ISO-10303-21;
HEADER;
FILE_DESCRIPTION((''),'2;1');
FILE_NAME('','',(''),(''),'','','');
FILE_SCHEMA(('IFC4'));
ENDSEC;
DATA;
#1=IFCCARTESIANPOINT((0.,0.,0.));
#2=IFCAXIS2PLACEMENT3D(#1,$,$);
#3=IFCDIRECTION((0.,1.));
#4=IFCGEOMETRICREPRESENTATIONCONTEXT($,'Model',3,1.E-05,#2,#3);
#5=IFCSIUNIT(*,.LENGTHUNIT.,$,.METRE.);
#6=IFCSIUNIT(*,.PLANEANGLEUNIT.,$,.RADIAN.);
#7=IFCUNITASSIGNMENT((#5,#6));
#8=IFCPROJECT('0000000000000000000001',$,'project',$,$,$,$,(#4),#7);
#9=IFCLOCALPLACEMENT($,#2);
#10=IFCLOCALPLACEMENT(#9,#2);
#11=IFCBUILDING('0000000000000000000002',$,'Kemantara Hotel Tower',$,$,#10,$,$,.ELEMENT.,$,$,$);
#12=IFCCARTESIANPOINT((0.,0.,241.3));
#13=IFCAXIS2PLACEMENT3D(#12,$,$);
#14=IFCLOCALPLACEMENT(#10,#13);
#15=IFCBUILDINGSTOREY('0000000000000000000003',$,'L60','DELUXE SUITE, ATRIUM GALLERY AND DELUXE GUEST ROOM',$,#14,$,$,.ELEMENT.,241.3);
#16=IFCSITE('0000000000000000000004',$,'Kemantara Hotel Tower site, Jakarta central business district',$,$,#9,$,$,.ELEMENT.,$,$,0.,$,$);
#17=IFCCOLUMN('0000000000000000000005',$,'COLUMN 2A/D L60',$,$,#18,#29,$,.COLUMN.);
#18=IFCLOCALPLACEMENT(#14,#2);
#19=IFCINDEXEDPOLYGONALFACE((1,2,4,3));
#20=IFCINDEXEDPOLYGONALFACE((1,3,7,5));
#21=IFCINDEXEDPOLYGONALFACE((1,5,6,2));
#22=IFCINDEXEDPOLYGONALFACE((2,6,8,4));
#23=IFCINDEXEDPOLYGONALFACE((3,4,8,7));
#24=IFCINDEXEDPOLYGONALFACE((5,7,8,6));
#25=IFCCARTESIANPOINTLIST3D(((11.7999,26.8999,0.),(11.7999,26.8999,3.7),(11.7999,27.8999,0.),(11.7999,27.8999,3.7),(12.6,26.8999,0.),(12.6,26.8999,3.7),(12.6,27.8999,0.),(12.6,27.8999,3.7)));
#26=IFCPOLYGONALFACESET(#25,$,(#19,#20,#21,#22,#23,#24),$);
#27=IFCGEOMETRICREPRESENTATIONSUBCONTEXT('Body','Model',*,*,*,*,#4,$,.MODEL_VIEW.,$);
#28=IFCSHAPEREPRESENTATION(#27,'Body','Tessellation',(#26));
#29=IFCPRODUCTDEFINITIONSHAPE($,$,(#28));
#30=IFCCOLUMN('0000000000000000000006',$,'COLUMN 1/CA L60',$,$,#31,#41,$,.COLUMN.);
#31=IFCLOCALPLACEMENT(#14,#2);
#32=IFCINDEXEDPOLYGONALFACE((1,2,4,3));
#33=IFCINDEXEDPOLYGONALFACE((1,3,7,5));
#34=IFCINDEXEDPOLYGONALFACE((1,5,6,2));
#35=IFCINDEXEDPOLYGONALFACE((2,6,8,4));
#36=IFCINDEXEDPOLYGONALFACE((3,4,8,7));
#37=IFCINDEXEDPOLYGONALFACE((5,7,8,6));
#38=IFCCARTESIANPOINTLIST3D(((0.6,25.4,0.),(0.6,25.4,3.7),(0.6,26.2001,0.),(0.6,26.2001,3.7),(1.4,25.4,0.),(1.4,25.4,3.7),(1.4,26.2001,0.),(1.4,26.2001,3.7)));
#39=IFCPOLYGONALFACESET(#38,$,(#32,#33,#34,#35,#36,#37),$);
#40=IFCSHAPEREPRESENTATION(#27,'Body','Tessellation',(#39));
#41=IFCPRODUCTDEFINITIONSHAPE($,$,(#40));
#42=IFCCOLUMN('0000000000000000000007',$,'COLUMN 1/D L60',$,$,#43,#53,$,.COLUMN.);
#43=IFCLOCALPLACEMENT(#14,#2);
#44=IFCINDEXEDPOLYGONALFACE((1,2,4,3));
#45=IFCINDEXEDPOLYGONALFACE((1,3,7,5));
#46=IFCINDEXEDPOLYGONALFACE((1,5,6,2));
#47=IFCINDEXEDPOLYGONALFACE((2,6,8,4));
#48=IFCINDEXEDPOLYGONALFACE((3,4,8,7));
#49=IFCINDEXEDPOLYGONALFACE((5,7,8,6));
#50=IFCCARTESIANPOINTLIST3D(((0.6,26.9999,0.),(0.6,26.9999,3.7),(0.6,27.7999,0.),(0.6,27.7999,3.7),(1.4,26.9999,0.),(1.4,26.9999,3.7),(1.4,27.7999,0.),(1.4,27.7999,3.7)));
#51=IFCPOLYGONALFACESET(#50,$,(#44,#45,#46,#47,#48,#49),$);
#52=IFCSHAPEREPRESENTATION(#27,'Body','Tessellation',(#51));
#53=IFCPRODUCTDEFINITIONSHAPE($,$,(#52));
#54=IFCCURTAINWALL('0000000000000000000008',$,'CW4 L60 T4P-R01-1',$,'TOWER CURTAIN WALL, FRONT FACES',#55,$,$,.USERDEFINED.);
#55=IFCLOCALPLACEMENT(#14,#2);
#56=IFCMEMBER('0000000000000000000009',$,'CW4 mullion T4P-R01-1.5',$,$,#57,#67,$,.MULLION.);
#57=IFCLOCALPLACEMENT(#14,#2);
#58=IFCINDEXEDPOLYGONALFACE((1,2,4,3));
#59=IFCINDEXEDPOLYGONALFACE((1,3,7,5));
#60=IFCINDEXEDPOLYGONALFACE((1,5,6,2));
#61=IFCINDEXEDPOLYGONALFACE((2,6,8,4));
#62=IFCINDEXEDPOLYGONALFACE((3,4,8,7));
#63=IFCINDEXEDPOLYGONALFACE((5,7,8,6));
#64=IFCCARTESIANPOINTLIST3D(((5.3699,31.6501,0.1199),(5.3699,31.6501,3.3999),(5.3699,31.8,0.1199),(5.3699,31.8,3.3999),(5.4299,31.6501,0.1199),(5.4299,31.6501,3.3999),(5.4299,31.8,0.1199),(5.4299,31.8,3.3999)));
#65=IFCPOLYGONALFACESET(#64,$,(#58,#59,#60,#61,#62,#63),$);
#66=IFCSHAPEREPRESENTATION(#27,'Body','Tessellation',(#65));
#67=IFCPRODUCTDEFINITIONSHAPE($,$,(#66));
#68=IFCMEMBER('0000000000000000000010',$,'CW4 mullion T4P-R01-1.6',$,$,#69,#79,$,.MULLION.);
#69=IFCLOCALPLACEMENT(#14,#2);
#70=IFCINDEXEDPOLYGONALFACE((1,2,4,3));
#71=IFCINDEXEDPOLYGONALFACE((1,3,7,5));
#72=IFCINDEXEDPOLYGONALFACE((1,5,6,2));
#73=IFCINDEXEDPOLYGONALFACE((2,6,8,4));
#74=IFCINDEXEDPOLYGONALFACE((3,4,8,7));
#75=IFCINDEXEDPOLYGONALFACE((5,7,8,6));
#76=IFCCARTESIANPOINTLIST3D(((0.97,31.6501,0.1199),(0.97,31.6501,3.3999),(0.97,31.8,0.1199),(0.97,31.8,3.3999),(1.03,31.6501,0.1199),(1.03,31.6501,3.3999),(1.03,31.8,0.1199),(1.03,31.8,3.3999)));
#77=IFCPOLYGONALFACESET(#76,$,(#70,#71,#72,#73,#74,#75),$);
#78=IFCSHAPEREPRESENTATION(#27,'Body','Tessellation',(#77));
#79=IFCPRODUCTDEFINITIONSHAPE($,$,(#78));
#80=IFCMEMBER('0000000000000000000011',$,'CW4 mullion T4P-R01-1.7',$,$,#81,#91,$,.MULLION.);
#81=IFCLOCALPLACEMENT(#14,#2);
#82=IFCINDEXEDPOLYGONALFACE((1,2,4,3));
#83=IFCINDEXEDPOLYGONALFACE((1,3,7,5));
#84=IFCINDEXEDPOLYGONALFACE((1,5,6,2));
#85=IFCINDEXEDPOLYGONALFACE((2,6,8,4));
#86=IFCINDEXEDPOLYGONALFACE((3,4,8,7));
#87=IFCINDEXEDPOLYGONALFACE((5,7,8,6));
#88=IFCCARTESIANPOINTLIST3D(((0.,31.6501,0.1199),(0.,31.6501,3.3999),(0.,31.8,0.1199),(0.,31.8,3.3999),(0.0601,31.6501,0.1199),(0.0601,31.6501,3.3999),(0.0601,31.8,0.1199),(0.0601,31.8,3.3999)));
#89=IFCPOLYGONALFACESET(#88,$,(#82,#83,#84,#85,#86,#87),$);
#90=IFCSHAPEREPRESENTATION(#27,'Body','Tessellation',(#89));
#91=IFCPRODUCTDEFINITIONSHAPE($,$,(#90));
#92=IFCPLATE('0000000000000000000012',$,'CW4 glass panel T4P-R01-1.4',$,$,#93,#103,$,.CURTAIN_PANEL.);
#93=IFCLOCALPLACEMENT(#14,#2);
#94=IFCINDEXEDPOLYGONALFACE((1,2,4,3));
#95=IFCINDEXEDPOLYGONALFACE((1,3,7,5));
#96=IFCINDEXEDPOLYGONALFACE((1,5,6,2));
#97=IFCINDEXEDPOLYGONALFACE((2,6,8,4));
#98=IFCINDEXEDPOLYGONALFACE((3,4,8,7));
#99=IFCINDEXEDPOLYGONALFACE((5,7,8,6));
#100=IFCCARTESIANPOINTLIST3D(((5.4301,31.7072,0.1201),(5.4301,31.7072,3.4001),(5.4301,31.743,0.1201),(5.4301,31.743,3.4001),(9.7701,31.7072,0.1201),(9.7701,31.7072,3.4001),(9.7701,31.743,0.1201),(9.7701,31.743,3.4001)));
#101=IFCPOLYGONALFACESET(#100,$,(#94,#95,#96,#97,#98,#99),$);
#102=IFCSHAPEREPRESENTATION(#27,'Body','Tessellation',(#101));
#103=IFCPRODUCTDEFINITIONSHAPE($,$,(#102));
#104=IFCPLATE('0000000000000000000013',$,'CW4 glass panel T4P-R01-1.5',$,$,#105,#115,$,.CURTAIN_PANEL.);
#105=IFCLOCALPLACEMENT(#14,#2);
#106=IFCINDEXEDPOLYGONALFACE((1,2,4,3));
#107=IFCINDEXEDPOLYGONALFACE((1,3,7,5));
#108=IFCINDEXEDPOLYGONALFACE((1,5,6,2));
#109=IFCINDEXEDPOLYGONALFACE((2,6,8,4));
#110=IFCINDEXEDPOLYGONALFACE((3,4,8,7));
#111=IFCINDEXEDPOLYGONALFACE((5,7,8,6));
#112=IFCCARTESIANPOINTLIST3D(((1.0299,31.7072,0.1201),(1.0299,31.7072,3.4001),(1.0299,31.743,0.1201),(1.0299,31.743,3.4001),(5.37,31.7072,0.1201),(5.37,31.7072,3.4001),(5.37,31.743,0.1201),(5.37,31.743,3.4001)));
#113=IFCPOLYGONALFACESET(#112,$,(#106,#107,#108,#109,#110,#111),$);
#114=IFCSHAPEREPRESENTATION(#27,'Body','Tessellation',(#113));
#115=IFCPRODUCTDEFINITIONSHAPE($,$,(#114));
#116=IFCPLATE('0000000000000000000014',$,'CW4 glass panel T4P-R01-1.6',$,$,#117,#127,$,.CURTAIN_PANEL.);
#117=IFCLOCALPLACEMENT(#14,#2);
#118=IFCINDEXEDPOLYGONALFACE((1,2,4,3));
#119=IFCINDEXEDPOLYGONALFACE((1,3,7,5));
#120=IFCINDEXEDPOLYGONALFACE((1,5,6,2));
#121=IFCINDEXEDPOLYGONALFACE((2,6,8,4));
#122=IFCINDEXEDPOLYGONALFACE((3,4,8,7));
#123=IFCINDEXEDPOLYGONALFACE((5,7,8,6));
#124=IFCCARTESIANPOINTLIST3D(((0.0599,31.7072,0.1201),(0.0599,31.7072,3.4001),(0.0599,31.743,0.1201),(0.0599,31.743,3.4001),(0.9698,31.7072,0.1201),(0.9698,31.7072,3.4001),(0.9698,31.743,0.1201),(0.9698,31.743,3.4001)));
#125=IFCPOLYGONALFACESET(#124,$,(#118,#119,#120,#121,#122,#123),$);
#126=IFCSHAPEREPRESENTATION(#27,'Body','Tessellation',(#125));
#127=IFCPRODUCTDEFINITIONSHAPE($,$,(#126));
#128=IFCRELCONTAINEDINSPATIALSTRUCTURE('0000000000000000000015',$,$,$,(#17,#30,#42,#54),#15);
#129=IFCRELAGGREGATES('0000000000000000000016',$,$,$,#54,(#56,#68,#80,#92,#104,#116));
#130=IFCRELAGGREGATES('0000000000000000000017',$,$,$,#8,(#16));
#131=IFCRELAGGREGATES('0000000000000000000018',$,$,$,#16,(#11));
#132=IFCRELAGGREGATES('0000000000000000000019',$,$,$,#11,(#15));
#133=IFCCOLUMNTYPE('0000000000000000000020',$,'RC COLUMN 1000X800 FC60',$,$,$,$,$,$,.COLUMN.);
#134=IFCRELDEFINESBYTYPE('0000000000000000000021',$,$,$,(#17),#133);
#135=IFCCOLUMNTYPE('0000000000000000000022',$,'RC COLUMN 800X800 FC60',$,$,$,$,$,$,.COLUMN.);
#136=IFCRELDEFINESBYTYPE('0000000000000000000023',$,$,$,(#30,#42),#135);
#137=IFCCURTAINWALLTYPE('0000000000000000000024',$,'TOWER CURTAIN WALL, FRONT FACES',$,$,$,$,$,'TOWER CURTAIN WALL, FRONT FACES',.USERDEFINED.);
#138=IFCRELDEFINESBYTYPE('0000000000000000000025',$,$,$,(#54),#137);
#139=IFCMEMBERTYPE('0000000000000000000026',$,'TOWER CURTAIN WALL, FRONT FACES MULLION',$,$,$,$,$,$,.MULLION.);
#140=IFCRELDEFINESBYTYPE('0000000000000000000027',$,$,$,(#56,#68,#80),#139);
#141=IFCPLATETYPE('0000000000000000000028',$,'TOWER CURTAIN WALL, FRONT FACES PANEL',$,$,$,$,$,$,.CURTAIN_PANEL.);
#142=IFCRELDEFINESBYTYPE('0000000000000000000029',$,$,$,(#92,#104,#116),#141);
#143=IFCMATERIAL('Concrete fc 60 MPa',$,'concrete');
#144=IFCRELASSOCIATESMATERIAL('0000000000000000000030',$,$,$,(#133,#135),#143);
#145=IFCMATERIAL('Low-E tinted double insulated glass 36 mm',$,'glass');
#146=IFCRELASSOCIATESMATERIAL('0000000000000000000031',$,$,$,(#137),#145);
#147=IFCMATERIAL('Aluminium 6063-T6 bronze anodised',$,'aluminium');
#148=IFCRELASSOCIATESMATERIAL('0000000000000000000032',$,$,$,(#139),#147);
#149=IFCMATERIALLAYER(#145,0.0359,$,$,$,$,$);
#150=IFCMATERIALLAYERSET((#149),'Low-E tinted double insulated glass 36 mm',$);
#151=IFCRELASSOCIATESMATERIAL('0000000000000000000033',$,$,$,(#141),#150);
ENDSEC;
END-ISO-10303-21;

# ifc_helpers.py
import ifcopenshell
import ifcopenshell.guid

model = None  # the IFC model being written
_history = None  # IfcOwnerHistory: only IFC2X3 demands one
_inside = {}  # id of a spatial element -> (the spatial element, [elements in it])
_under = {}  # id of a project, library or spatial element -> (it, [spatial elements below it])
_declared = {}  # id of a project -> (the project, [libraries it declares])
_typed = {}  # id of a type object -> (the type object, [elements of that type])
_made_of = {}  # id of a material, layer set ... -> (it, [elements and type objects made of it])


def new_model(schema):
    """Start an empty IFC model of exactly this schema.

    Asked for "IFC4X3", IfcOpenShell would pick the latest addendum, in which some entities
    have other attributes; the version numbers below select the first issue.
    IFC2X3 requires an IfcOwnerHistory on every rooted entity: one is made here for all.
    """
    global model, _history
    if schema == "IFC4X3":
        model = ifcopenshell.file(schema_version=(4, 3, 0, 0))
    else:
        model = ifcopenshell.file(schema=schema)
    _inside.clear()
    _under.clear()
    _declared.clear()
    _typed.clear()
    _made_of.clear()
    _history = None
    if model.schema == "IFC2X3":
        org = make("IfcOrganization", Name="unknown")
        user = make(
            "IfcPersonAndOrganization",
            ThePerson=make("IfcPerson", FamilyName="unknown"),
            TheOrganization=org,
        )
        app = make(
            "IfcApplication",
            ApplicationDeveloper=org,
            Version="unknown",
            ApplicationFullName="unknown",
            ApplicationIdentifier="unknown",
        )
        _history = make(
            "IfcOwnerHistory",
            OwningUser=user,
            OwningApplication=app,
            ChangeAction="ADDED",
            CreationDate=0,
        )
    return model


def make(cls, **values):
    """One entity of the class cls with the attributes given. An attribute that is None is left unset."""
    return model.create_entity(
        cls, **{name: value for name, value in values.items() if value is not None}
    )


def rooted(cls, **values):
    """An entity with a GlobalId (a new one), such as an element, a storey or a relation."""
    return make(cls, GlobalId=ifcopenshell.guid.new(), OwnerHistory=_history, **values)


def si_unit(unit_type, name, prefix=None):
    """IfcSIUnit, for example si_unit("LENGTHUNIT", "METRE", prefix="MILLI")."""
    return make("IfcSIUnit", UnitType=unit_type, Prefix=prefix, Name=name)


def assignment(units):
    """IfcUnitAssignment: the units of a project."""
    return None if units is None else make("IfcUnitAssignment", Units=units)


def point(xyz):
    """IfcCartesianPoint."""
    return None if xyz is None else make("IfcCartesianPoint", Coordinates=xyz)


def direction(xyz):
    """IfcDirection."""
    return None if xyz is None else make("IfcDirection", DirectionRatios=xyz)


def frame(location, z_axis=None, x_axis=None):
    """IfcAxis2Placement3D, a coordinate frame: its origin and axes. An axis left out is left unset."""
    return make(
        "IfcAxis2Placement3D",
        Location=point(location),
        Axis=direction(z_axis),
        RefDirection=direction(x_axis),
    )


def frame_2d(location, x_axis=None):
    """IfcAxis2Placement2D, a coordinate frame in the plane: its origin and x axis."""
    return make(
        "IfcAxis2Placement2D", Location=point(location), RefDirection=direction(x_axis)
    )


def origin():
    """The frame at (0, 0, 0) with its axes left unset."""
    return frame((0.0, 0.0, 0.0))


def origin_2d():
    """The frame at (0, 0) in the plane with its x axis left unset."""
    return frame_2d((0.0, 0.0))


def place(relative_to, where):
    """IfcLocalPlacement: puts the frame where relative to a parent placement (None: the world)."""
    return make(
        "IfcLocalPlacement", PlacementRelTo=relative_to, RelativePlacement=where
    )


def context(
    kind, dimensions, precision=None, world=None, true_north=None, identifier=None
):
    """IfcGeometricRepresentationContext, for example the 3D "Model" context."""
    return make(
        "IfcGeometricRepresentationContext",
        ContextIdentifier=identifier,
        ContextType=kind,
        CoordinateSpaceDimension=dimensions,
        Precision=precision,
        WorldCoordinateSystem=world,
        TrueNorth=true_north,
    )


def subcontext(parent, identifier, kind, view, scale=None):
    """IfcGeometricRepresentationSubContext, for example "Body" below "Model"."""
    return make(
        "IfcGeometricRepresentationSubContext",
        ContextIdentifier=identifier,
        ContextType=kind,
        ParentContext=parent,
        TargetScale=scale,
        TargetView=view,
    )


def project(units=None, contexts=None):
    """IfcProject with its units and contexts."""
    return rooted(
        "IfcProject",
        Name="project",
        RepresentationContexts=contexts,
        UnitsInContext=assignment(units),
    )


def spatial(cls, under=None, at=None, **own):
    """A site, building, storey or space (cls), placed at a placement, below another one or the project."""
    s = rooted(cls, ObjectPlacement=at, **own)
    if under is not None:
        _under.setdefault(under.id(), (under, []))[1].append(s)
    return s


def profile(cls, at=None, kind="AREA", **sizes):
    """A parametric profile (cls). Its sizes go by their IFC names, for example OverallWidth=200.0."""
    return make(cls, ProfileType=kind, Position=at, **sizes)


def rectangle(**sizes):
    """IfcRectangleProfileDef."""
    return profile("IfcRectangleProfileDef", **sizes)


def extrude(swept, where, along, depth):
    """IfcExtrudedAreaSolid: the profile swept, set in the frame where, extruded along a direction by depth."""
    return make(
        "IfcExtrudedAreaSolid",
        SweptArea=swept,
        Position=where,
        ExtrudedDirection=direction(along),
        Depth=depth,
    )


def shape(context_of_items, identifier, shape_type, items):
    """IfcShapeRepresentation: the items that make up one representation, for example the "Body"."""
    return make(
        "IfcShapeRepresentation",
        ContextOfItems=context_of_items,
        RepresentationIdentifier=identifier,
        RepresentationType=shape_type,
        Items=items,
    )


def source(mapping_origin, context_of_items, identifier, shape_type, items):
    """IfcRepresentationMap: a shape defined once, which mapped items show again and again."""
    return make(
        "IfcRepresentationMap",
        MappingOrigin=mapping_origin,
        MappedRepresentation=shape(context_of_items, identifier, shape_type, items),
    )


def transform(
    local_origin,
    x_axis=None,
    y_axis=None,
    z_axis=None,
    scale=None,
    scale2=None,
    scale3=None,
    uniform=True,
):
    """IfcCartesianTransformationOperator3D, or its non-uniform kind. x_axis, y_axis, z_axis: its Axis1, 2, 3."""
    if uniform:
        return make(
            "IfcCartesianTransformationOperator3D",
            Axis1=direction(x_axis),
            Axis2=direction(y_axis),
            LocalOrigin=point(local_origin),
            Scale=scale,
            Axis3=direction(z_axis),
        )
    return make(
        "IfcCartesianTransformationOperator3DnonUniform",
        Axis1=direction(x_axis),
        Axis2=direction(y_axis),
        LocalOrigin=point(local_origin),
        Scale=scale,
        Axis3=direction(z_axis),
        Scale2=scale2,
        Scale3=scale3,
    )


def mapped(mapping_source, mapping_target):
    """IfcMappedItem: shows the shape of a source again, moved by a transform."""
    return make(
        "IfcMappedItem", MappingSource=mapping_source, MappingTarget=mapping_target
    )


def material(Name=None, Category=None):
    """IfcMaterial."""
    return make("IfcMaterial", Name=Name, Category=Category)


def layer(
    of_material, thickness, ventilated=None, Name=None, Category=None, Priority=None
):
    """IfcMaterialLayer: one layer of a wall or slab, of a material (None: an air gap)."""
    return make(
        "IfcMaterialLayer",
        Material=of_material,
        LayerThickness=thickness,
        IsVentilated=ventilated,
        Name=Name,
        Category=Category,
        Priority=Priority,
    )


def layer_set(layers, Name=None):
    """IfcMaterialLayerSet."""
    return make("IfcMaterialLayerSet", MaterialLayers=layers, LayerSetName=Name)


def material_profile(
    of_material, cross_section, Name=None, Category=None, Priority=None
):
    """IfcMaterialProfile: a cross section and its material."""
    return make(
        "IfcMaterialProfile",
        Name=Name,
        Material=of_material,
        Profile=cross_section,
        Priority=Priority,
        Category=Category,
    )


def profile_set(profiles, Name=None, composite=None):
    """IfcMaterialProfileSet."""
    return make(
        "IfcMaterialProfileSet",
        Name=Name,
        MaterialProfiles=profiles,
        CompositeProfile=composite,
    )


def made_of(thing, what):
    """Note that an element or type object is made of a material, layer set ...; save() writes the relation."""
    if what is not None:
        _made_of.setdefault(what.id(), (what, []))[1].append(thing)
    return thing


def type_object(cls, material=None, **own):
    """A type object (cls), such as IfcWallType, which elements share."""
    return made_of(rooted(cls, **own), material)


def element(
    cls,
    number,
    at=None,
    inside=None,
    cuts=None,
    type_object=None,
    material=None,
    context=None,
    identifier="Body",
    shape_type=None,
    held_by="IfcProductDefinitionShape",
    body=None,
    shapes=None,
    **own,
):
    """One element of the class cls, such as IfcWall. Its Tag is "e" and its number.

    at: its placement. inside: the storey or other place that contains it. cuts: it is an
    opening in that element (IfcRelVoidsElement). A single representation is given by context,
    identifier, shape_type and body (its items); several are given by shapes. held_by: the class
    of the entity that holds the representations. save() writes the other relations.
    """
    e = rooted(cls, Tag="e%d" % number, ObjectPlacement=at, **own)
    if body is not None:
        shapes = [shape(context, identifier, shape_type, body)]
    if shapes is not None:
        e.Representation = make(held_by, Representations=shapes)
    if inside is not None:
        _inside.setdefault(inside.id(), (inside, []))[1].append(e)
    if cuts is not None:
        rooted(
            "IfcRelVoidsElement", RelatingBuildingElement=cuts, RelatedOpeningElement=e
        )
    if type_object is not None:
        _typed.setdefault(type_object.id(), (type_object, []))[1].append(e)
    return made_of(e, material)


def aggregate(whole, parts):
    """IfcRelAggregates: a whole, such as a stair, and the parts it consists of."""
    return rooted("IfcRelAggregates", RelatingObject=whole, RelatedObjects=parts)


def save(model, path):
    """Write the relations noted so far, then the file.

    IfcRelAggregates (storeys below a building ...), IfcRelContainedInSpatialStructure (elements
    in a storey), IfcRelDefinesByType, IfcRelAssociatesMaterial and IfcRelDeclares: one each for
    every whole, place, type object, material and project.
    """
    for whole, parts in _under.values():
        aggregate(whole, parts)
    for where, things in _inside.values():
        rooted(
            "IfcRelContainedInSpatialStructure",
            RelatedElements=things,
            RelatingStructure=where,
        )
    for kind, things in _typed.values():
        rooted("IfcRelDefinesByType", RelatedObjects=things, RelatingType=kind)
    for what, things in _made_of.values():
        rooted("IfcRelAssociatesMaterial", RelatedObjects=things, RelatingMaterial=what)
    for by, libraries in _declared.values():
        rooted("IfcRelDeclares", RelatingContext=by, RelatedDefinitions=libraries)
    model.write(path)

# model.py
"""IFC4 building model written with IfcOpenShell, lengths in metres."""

from ifc_helpers import new_model, si_unit, direction, frame, origin, origin_2d, place, context, subcontext, project, spatial, rectangle, extrude, source, transform, mapped, material, layer, layer_set, material_profile, profile_set, type_object, element, aggregate, save


model = new_model("IFC4")

# Units and contexts
model_context = context("Model", 3, precision=1e-05, world=origin(), true_north=direction((0.0, 1.0)))
body_context = subcontext(model_context, "Body", "Model", "MODEL_VIEW")
ifc_project = project(units=[si_unit("LENGTHUNIT", "METRE"), si_unit("PLANEANGLEUNIT", "RADIAN")], contexts=[model_context])

# Site, building, storey
site_placement = place(None, origin())
site = spatial("IfcSite", under=ifc_project, at=site_placement, Name="Kemantara Hotel Tower site, Jakarta central business district", CompositionType="ELEMENT", RefElevation=0.0)
building_placement = place(site_placement, origin())
building = spatial("IfcBuilding", under=site, at=building_placement, Name="Kemantara Hotel Tower", CompositionType="ELEMENT")
storey_placement = place(building_placement, frame((0.0, 0.0, 241.3)))
storey = spatial("IfcBuildingStorey", under=building, at=storey_placement, Name="L60", Description="DELUXE SUITE, ATRIUM GALLERY AND DELUXE GUEST ROOM", CompositionType="ELEMENT", Elevation=241.3)

# Columns
ifc_material_1 = material(Name="Concrete fc 60 MPa", Category="concrete")
ifc_material_profile_1 = material_profile(ifc_material_1, rectangle(XDim=1.0, YDim=0.8, at=origin_2d()), Name="RC 1000X800")
ifc_profile_set_1 = profile_set([ifc_material_profile_1], Name="Concrete fc 60 MPa")
column_type_1 = type_object("IfcColumnType", Name="RC COLUMN 1000X800 FC60", PredefinedType="COLUMN", material=ifc_profile_set_1)
column_placement = place(storey_placement, frame((12.2, 27.3999, 0.0), z_axis=(0.0, 0.0, 1.0), x_axis=(0.0, 1.0, 0.0)))
element("IfcColumn", 1, at=column_placement, inside=storey, type_object=column_type_1, Name="COLUMN 2A/D L60", PredefinedType="COLUMN", context=body_context, shape_type="SweptSolid", body=[
    extrude(rectangle(XDim=1.0, YDim=0.8, at=origin_2d()), origin(), (0.0, 0.0, 1.0), 3.7),
])
ifc_material_profile_2 = material_profile(ifc_material_1, rectangle(XDim=0.8, YDim=0.8, at=origin_2d()), Name="RC 800X800")
ifc_profile_set_2 = profile_set([ifc_material_profile_2], Name="Concrete fc 60 MPa")
column_type_2 = type_object("IfcColumnType", Name="RC COLUMN 800X800 FC60", PredefinedType="COLUMN", material=ifc_profile_set_2)
for number, where, z_axis, x_axis, name in (
    (2, (1.0, 25.8, 0.0), (0.0, 0.0, 1.0), (1.0, 0.0, 0.0), "COLUMN 1/CA L60"),
    (3, (1.0, 27.3999, 0.0), (0.0, 0.0, 1.0), (1.0, 0.0, 0.0), "COLUMN 1/D L60"),
):
    element("IfcColumn", number, at=place(storey_placement, frame(where, z_axis=z_axis, x_axis=x_axis)), inside=storey, type_object=column_type_2, Name=name, PredefinedType="COLUMN", context=body_context, shape_type="SweptSolid", body=[
        extrude(rectangle(XDim=0.8, YDim=0.8, at=origin_2d()), origin(), (0.0, 0.0, 1.0), 3.7),
    ])

# Curtain wall, members, plates
ifc_material_2 = material(Name="Low-E tinted double insulated glass 36 mm", Category="glass")
curtain_wall_type = type_object("IfcCurtainWallType", Name="TOWER CURTAIN WALL, FRONT FACES", ElementType="TOWER CURTAIN WALL, FRONT FACES", PredefinedType="USERDEFINED", material=ifc_material_2)
curtain_wall_placement = place(storey_placement, origin())
curtain_wall = element("IfcCurtainWall", 4, at=curtain_wall_placement, inside=storey, type_object=curtain_wall_type, Name="CW4 L60 T4P-R01-1", ObjectType="TOWER CURTAIN WALL, FRONT FACES", PredefinedType="USERDEFINED")
ifc_material_3 = material(Name="Aluminium 6063-T6 bronze anodised", Category="aluminium")
ifc_material_profile_3 = material_profile(ifc_material_3, rectangle(XDim=0.1499, YDim=0.0601, at=origin_2d()), Name="TOWER CURTAIN WALL, FRONT FACES MULLION")
ifc_profile_set_3 = profile_set([ifc_material_profile_3], Name="Aluminium 6063-T6 bronze anodised")
member_type = type_object("IfcMemberType", Name="TOWER CURTAIN WALL, FRONT FACES MULLION", PredefinedType="MULLION", material=ifc_profile_set_3)
shared_shape_1 = source(origin(), body_context, "Body", "SweptSolid", [
    extrude(rectangle(XDim=0.1499, YDim=0.0601, at=origin_2d()), origin(), (0.0, 0.0, 1.0), 3.28),
])
member_1_placement = place(storey_placement, frame((5.3999, 31.7251, 0.1199), z_axis=(0.0, 0.0, 1.0), x_axis=(0.0, -1.0, 0.0)))
member_1 = element("IfcMember", 5, at=member_1_placement, type_object=member_type, Name="CW4 mullion T4P-R01-1.5", PredefinedType="MULLION", context=body_context, shape_type="MappedRepresentation", body=[
    mapped(shared_shape_1, transform((0.0, 0.0, 0.0))),
])
member_2_placement = place(storey_placement, frame((1.0, 31.7251, 0.1199), z_axis=(0.0, 0.0, 1.0), x_axis=(0.0, -1.0, 0.0)))
member_2 = element("IfcMember", 6, at=member_2_placement, type_object=member_type, Name="CW4 mullion T4P-R01-1.6", PredefinedType="MULLION", context=body_context, shape_type="MappedRepresentation", body=[
    mapped(shared_shape_1, transform((0.0, 0.0, 0.0))),
])
member_3_placement = place(storey_placement, frame((0.03, 31.7251, 0.1199), z_axis=(0.0, 0.0, 1.0), x_axis=(0.0, -1.0, 0.0)))
member_3 = element("IfcMember", 7, at=member_3_placement, type_object=member_type, Name="CW4 mullion T4P-R01-1.7", PredefinedType="MULLION", context=body_context, shape_type="MappedRepresentation", body=[
    mapped(shared_shape_1, transform((0.0, 0.0, 0.0))),
])
ifc_layer_1 = layer(ifc_material_2, 0.0359)
ifc_layer_set_1 = layer_set([ifc_layer_1], Name="Low-E tinted double insulated glass 36 mm")
plate_type = type_object("IfcPlateType", Name="TOWER CURTAIN WALL, FRONT FACES PANEL", PredefinedType="CURTAIN_PANEL", material=ifc_layer_set_1)
shared_shape_2 = source(origin(), body_context, "Body", "SweptSolid", [
    extrude(rectangle(XDim=4.3401, YDim=0.0359, at=origin_2d()), origin(), (0.0, 0.0, 1.0), 3.28),
])
plate_1_placement = place(storey_placement, frame((7.6001, 31.7251, 0.1201), z_axis=(0.0, 0.0, 1.0), x_axis=(-1.0, 0.0, 0.0)))
plate_1 = element("IfcPlate", 8, at=plate_1_placement, type_object=plate_type, Name="CW4 glass panel T4P-R01-1.4", PredefinedType="CURTAIN_PANEL", context=body_context, shape_type="MappedRepresentation", body=[
    mapped(shared_shape_2, transform((0.0, 0.0, 0.0))),
])
plate_2_placement = place(storey_placement, frame((3.2, 31.7251, 0.1201), z_axis=(0.0, 0.0, 1.0), x_axis=(-1.0, 0.0, 0.0)))
plate_2 = element("IfcPlate", 9, at=plate_2_placement, type_object=plate_type, Name="CW4 glass panel T4P-R01-1.5", PredefinedType="CURTAIN_PANEL", context=body_context, shape_type="MappedRepresentation", body=[
    mapped(shared_shape_2, transform((0.0, 0.0, 0.0))),
])
shared_shape_3 = source(origin(), body_context, "Body", "SweptSolid", [
    extrude(rectangle(XDim=0.9099, YDim=0.0359, at=origin_2d()), origin(), (0.0, 0.0, 1.0), 3.28),
])
plate_3_placement = place(storey_placement, frame((0.5149, 31.7251, 0.1201), z_axis=(0.0, 0.0, 1.0), x_axis=(-1.0, 0.0, 0.0)))
plate_3 = element("IfcPlate", 10, at=plate_3_placement, type_object=plate_type, Name="CW4 glass panel T4P-R01-1.6", PredefinedType="CURTAIN_PANEL", context=body_context, shape_type="MappedRepresentation", body=[
    mapped(shared_shape_3, transform((0.0, 0.0, 0.0))),
])
aggregate(curtain_wall, [member_1, member_2, member_3, plate_1, plate_2, plate_3])

save(model, "model.ifc")
